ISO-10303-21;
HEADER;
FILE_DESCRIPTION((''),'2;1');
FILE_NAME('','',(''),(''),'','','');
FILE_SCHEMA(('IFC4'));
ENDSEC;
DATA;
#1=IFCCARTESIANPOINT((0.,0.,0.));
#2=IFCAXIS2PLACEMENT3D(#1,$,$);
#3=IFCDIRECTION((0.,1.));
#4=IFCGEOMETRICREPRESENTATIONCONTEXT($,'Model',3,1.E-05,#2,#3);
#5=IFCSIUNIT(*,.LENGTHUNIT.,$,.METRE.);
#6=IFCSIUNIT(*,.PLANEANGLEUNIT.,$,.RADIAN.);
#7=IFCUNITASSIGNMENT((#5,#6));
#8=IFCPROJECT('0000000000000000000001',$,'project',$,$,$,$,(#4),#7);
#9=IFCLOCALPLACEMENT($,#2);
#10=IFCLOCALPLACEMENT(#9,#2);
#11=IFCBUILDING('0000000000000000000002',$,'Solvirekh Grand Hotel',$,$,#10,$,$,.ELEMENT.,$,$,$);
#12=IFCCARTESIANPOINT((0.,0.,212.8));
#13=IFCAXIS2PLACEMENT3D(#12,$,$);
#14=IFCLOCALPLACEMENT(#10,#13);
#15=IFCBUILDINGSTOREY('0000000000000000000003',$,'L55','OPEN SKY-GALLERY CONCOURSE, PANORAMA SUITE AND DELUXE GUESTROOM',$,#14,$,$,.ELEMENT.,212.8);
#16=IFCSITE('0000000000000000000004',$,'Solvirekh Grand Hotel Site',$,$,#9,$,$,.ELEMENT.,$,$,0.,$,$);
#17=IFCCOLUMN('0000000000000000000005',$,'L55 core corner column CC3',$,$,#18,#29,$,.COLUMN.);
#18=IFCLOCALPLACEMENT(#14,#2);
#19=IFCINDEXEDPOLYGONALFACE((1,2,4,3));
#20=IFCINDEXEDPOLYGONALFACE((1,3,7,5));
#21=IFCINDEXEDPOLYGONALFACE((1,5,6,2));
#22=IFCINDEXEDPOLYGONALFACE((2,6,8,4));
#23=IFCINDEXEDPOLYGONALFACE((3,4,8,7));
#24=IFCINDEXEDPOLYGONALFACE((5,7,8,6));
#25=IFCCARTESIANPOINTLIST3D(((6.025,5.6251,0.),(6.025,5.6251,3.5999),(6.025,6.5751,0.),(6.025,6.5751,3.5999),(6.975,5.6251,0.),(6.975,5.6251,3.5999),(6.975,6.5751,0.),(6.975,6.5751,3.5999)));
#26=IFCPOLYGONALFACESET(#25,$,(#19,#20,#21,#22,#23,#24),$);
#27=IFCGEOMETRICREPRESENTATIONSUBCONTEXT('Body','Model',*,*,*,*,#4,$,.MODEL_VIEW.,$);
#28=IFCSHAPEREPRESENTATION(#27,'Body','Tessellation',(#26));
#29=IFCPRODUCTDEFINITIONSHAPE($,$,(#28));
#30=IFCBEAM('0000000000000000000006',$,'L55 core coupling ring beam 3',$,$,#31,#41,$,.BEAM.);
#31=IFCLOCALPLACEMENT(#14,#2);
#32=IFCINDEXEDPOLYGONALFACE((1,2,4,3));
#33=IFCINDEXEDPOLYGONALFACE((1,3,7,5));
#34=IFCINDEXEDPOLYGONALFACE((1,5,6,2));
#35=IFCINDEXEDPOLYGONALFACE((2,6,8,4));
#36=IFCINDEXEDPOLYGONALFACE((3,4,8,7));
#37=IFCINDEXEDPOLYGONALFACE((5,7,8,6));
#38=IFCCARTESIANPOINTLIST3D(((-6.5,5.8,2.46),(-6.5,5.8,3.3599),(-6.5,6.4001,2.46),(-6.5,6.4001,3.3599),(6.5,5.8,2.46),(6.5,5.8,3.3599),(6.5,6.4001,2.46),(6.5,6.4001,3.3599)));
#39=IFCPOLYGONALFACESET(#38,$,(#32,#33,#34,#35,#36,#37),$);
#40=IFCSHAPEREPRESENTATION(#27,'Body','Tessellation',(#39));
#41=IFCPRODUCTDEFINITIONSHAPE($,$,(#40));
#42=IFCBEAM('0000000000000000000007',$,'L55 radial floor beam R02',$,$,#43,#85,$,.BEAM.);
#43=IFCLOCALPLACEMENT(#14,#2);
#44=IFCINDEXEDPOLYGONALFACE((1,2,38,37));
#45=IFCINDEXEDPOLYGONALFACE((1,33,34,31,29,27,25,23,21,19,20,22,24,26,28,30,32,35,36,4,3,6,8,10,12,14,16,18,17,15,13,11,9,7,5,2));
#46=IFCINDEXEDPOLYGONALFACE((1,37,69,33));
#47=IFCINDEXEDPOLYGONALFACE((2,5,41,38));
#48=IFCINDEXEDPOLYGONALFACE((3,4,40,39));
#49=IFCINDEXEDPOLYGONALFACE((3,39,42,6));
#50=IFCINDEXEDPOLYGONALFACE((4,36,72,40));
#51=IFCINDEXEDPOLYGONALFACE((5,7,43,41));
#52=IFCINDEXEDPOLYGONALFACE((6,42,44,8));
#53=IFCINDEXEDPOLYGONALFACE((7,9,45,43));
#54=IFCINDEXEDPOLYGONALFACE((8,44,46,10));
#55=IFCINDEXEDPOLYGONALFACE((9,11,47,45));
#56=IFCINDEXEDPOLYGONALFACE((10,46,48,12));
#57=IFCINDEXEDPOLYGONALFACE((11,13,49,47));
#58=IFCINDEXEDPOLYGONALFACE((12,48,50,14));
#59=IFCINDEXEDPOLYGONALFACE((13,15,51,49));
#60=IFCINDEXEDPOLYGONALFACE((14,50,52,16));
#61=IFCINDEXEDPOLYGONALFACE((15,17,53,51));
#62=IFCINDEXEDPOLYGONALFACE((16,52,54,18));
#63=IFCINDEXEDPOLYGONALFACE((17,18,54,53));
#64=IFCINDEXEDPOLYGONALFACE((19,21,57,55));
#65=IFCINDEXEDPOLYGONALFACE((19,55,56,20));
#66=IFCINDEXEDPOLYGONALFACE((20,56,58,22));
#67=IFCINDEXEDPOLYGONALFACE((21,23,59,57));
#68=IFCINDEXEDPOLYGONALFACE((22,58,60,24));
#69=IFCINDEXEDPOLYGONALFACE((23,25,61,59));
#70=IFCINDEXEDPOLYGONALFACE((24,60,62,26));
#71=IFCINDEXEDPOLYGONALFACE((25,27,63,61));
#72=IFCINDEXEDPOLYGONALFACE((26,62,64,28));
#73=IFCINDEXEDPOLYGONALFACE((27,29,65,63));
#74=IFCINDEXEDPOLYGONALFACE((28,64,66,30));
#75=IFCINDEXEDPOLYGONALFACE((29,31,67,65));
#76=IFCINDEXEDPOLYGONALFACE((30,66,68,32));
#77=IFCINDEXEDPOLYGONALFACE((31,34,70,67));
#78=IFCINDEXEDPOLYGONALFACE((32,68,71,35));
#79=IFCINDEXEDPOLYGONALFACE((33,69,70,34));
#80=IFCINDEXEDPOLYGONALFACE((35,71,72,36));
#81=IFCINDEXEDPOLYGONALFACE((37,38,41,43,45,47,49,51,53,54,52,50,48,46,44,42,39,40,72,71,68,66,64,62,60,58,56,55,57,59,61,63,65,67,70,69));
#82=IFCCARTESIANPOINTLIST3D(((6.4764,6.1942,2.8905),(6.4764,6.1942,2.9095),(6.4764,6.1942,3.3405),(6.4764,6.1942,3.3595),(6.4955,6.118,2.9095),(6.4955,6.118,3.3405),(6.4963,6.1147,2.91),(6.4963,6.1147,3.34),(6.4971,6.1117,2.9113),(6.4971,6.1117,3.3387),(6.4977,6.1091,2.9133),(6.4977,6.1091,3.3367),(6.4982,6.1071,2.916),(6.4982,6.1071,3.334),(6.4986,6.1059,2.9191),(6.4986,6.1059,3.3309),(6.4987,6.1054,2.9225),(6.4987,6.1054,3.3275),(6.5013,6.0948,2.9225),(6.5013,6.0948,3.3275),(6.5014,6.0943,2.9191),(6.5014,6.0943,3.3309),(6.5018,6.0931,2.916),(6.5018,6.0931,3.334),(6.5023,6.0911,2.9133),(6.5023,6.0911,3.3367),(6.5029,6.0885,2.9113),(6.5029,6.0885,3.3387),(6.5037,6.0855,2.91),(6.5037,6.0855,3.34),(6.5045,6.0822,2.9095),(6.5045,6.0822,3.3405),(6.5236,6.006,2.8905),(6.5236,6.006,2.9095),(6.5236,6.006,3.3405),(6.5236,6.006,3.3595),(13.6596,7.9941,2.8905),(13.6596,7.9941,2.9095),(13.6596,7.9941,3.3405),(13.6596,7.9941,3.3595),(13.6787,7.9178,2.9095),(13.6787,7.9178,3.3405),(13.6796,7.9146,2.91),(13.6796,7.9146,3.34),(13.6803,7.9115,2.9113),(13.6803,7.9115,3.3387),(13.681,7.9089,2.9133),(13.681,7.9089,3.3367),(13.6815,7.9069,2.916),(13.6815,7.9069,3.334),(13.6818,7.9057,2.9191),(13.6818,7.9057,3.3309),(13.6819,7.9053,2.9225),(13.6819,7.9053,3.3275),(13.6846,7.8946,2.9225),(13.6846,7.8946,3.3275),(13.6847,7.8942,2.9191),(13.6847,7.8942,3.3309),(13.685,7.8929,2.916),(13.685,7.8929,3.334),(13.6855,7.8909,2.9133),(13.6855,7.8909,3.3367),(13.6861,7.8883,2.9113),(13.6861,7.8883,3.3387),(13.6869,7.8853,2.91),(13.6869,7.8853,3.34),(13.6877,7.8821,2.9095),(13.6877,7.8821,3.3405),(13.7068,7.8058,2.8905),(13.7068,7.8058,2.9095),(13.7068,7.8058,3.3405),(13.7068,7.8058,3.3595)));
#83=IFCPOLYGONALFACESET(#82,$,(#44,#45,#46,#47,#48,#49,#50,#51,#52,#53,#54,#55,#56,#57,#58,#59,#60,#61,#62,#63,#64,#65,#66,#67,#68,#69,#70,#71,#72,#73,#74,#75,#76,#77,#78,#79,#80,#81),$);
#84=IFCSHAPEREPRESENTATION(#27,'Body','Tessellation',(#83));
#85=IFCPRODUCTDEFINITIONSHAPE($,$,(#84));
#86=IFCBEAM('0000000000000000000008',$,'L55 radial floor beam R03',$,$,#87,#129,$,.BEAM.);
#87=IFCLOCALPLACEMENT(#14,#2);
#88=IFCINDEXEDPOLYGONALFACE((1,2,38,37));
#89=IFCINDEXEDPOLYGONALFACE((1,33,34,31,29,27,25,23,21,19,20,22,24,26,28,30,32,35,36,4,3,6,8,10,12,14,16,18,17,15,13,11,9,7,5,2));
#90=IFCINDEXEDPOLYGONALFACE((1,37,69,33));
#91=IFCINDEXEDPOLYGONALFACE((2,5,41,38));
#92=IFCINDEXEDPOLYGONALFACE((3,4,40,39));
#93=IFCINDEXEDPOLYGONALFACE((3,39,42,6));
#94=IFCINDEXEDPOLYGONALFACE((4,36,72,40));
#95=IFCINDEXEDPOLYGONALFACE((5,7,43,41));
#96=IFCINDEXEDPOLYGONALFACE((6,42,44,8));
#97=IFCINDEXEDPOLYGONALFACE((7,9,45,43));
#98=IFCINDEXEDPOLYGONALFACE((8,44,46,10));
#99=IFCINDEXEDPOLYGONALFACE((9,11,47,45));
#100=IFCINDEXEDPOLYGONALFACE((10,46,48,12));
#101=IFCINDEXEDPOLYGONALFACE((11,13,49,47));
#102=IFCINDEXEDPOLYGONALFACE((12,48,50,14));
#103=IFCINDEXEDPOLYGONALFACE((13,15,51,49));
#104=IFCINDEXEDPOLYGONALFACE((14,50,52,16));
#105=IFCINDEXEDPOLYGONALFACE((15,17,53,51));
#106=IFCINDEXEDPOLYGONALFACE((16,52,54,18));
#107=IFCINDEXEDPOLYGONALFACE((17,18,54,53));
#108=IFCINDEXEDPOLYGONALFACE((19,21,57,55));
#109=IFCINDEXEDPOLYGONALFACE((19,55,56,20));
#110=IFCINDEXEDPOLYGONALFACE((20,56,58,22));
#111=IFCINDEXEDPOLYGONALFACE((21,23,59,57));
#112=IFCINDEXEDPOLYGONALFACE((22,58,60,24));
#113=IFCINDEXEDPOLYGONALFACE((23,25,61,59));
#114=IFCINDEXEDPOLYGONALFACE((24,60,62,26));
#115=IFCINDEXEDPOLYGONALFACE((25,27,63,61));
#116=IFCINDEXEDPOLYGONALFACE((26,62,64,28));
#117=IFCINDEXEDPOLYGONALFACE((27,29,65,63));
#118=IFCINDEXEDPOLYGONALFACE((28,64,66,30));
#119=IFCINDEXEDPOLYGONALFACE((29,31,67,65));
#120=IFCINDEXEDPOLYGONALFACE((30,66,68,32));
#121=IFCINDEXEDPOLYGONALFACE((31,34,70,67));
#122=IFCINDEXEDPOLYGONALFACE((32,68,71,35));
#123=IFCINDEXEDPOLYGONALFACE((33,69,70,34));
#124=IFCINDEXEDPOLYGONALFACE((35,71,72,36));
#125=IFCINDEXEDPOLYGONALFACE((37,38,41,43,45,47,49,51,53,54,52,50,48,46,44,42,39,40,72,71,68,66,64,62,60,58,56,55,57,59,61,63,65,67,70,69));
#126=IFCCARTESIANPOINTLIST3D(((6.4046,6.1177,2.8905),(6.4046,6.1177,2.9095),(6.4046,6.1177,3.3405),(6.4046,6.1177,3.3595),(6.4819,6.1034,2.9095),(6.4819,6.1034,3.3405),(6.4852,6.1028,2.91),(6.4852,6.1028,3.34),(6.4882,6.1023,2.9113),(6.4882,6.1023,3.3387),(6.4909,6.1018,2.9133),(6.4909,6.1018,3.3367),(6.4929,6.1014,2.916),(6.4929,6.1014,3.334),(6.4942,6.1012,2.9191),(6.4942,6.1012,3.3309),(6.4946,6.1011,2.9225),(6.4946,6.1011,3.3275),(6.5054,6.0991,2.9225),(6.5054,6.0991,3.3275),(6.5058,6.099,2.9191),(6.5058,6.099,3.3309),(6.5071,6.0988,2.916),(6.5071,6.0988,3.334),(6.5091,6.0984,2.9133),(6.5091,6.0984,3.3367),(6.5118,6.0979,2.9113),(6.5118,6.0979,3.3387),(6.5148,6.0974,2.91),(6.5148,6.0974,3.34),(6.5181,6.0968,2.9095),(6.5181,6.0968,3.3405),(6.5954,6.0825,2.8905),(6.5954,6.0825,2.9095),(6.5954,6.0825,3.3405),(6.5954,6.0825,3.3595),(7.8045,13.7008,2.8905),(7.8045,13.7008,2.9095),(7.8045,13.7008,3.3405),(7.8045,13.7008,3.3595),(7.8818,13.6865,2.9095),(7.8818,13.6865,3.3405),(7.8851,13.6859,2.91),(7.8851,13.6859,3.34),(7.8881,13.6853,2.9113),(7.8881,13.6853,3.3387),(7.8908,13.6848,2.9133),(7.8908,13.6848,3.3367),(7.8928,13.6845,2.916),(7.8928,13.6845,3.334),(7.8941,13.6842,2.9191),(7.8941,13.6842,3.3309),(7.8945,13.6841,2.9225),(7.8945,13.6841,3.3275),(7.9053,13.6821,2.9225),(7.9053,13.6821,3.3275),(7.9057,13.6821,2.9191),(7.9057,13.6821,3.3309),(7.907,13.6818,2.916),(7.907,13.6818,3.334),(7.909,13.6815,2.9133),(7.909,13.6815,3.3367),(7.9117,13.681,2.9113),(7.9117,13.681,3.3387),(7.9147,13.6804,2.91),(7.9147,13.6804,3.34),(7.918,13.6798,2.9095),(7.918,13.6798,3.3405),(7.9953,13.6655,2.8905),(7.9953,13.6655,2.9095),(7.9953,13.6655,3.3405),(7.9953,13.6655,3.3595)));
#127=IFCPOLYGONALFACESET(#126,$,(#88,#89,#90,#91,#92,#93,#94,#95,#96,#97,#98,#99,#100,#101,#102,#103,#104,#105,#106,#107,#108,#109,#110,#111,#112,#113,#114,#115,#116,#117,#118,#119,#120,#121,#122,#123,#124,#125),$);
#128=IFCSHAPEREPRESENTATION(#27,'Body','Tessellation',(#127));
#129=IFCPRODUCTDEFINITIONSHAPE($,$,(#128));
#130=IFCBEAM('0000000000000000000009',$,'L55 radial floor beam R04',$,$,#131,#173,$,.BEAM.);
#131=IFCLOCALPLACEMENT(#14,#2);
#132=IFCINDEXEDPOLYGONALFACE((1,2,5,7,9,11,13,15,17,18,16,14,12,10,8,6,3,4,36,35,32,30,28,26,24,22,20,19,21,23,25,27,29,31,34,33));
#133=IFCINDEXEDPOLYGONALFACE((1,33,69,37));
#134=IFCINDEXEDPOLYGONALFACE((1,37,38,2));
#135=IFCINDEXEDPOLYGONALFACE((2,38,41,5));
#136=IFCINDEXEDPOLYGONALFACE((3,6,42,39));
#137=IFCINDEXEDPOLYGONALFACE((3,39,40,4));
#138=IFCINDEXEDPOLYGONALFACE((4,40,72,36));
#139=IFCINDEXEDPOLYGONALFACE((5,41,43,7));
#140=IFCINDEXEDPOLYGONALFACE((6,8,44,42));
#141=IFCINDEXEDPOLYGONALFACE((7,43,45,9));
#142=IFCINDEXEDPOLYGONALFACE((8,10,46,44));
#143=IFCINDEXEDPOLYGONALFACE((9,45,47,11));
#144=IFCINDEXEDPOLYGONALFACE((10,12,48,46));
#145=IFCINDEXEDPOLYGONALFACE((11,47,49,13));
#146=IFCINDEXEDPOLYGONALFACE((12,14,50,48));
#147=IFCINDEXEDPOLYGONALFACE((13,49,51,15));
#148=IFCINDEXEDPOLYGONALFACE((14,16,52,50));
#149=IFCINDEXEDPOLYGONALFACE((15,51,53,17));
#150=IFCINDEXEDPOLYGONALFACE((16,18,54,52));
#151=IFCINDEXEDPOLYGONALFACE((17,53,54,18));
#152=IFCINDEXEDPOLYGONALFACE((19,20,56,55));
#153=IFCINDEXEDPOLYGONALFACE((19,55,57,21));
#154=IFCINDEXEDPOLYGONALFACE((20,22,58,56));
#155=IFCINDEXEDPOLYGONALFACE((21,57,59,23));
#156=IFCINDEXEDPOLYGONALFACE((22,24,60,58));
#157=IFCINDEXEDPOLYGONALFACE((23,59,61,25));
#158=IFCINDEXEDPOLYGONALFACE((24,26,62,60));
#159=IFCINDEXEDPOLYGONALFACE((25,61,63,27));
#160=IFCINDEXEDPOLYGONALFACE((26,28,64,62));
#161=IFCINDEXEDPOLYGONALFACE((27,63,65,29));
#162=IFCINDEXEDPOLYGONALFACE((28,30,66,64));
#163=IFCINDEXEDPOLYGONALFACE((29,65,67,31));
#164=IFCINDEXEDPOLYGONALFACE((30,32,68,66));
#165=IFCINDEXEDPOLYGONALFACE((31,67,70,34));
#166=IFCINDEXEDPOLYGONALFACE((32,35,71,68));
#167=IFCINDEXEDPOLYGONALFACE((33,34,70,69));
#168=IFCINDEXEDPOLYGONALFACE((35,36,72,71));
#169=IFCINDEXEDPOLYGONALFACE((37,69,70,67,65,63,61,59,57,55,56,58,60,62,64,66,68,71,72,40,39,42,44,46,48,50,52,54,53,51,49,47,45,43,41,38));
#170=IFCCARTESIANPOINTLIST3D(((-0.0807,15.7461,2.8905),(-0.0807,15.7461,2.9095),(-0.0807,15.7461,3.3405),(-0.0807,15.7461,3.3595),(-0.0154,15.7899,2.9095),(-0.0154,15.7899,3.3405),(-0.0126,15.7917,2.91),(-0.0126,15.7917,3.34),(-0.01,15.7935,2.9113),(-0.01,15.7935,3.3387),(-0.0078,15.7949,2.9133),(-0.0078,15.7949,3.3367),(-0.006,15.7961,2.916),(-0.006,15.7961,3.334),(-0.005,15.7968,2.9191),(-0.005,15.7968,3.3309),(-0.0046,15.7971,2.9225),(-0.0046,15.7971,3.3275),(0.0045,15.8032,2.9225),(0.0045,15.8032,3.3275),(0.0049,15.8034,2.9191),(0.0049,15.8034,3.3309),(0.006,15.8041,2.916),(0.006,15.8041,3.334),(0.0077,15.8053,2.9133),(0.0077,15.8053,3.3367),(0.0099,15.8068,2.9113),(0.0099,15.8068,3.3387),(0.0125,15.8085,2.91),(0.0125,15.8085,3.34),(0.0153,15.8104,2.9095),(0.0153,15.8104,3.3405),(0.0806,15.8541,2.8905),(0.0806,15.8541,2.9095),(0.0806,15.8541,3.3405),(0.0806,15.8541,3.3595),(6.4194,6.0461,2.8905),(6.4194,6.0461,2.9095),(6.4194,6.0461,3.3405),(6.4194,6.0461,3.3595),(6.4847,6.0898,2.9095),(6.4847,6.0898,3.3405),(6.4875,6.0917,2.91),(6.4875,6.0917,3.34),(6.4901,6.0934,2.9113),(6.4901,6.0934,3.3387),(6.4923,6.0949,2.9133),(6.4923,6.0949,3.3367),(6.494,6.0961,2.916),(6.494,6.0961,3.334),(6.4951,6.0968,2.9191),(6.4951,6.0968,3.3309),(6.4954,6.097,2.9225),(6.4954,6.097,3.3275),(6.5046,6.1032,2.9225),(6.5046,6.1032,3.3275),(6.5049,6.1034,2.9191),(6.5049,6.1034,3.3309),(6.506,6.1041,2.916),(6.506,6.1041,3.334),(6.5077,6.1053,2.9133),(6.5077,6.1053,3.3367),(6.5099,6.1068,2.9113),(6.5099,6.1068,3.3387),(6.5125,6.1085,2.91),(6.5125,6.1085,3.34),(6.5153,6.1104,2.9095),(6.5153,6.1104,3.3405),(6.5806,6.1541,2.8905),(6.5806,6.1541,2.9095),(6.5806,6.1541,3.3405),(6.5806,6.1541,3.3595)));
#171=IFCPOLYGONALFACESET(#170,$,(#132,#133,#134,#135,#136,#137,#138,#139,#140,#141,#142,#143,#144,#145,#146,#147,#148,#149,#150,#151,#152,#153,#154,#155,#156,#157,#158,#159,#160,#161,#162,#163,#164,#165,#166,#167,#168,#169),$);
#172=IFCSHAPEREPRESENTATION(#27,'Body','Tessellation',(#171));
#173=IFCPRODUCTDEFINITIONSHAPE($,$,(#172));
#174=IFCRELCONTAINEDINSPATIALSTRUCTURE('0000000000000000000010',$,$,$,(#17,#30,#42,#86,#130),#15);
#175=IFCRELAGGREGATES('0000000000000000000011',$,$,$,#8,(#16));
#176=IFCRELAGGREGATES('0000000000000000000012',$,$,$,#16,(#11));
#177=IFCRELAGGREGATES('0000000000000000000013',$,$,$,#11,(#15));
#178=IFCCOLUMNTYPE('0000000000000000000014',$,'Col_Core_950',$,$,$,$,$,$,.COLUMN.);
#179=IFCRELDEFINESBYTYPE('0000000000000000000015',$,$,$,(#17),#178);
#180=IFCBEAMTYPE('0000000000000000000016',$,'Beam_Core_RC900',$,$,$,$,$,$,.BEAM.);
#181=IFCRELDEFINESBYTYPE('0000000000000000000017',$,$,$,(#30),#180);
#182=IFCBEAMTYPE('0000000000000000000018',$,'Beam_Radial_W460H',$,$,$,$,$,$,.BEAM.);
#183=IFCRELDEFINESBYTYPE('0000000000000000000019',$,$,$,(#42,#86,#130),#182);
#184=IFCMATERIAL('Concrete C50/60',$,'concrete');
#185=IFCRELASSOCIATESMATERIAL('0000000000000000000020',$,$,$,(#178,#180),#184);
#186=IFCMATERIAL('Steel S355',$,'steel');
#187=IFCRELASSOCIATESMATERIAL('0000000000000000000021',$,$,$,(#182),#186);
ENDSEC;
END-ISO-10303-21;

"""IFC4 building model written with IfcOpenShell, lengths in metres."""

from ifc_helpers import new_model, si_unit, direction, frame, origin, origin_2d, place, context, subcontext, project, spatial, rectangle, i_section, extrude, material, material_profile, profile_set, type_object, element, save


model = new_model("IFC4")

# Units and contexts
model_context = context("Model", 3, precision=1e-05, world=origin(), true_north=direction((0.0, 1.0)))
body_context = subcontext(model_context, "Body", "Model", "MODEL_VIEW")
ifc_project = project(units=[si_unit("LENGTHUNIT", "METRE"), si_unit("PLANEANGLEUNIT", "RADIAN")], contexts=[model_context])

# Site, building, storey
site_placement = place(None, origin())
site = spatial("IfcSite", under=ifc_project, at=site_placement, Name="Solvirekh Grand Hotel Site", CompositionType="ELEMENT", RefElevation=0.0)
building_placement = place(site_placement, origin())
building = spatial("IfcBuilding", under=site, at=building_placement, Name="Solvirekh Grand Hotel", CompositionType="ELEMENT")
storey_placement = place(building_placement, frame((0.0, 0.0, 212.8)))
storey = spatial("IfcBuildingStorey", under=building, at=storey_placement, Name="L55", Description="OPEN SKY-GALLERY CONCOURSE, PANORAMA SUITE AND DELUXE GUESTROOM", CompositionType="ELEMENT", Elevation=212.8)

# Column
ifc_material_1 = material(Name="Concrete C50/60", Category="concrete")
ifc_material_profile_1 = material_profile(ifc_material_1, rectangle(XDim=0.95, YDim=0.95, at=origin_2d()), Name="RC 950X950")
ifc_profile_set_1 = profile_set([ifc_material_profile_1], Name="Concrete C50/60")
column_type = type_object("IfcColumnType", Name="Col_Core_950", PredefinedType="COLUMN", material=ifc_profile_set_1)
column_placement = place(storey_placement, frame((6.5, 6.1001, 0.0), z_axis=(0.0, 0.0, 1.0), x_axis=(1.0, 0.0, 0.0)))
element("IfcColumn", 1, at=column_placement, inside=storey, type_object=column_type, Name="L55 core corner column CC3", PredefinedType="COLUMN", context=body_context, shape_type="SweptSolid", body=[
    extrude(rectangle(XDim=0.95, YDim=0.95, at=origin_2d()), origin(), (0.0, 0.0, 1.0), 3.5999),
])

# Beams
ifc_material_profile_2 = material_profile(ifc_material_1, rectangle(XDim=0.6001, YDim=0.8999, at=origin_2d()), Name="RC BEAM 600X900")
ifc_profile_set_2 = profile_set([ifc_material_profile_2], Name="Concrete C50/60")
beam_type_1 = type_object("IfcBeamType", Name="Beam_Core_RC900", PredefinedType="BEAM", material=ifc_profile_set_2)
beam_1_placement = place(storey_placement, frame((6.5, 6.1001, 2.9099), z_axis=(-1.0, 0.0, 0.0), x_axis=(0.0, -1.0, 0.0)))
element("IfcBeam", 2, at=beam_1_placement, inside=storey, type_object=beam_type_1, Name="L55 core coupling ring beam 3", PredefinedType="BEAM", context=body_context, shape_type="SweptSolid", body=[
    extrude(rectangle(XDim=0.6001, YDim=0.8999, at=origin_2d()), origin(), (0.0, 0.0, 1.0), 13.0),
])
ifc_material_2 = material(Name="Steel S355", Category="steel")
ifc_material_profile_3 = material_profile(ifc_material_2, i_section(OverallWidth=0.1941, OverallDepth=0.469, WebThickness=0.011, FlangeThickness=0.019, FilletRadius=0.0129, at=origin_2d()), Name="W460X106")
ifc_profile_set_3 = profile_set([ifc_material_profile_3], Name="Steel S355")
beam_type_2 = type_object("IfcBeamType", Name="Beam_Radial_W460H", PredefinedType="BEAM", material=ifc_profile_set_3)
beam_2_placement = place(storey_placement, frame((6.5, 6.1001, 3.125), z_axis=(0.970014, 0.243048, 0.0), x_axis=(-0.243048, 0.970014, 0.0)))
element("IfcBeam", 3, at=beam_2_placement, inside=storey, type_object=beam_type_2, Name="L55 radial floor beam R02", PredefinedType="BEAM", context=body_context, shape_type="SweptSolid", body=[
    extrude(i_section(OverallWidth=0.1941, OverallDepth=0.469, WebThickness=0.011, FlangeThickness=0.019, FilletRadius=0.0129, at=origin_2d()), origin(), (0.0, 0.0, 1.0), 7.4053),
])
beam_3_placement = place(storey_placement, frame((6.5, 6.1001, 3.125), z_axis=(0.181543, 0.983383, 0.0), x_axis=(-0.983383, 0.181543, 0.0)))
element("IfcBeam", 4, at=beam_3_placement, inside=storey, type_object=beam_type_2, Name="L55 radial floor beam R03", PredefinedType="BEAM", context=body_context, shape_type="SweptSolid", body=[
    extrude(i_section(OverallWidth=0.1941, OverallDepth=0.469, WebThickness=0.011, FlangeThickness=0.019, FilletRadius=0.0129, at=origin_2d()), origin(), (0.0, 0.0, 1.0), 7.7112),
])
beam_4_placement = place(storey_placement, frame((6.5, 6.1001, 3.125), z_axis=(-0.556677, 0.830729, 0.0), x_axis=(-0.830729, -0.556677, 0.0)))
element("IfcBeam", 5, at=beam_4_placement, inside=storey, type_object=beam_type_2, Name="L55 radial floor beam R04", PredefinedType="BEAM", context=body_context, shape_type="SweptSolid", body=[
    extrude(i_section(OverallWidth=0.1941, OverallDepth=0.469, WebThickness=0.011, FlangeThickness=0.019, FilletRadius=0.0129, at=origin_2d()), origin(), (0.0, 0.0, 1.0), 11.6765),
])

save(model, "model.ifc")
